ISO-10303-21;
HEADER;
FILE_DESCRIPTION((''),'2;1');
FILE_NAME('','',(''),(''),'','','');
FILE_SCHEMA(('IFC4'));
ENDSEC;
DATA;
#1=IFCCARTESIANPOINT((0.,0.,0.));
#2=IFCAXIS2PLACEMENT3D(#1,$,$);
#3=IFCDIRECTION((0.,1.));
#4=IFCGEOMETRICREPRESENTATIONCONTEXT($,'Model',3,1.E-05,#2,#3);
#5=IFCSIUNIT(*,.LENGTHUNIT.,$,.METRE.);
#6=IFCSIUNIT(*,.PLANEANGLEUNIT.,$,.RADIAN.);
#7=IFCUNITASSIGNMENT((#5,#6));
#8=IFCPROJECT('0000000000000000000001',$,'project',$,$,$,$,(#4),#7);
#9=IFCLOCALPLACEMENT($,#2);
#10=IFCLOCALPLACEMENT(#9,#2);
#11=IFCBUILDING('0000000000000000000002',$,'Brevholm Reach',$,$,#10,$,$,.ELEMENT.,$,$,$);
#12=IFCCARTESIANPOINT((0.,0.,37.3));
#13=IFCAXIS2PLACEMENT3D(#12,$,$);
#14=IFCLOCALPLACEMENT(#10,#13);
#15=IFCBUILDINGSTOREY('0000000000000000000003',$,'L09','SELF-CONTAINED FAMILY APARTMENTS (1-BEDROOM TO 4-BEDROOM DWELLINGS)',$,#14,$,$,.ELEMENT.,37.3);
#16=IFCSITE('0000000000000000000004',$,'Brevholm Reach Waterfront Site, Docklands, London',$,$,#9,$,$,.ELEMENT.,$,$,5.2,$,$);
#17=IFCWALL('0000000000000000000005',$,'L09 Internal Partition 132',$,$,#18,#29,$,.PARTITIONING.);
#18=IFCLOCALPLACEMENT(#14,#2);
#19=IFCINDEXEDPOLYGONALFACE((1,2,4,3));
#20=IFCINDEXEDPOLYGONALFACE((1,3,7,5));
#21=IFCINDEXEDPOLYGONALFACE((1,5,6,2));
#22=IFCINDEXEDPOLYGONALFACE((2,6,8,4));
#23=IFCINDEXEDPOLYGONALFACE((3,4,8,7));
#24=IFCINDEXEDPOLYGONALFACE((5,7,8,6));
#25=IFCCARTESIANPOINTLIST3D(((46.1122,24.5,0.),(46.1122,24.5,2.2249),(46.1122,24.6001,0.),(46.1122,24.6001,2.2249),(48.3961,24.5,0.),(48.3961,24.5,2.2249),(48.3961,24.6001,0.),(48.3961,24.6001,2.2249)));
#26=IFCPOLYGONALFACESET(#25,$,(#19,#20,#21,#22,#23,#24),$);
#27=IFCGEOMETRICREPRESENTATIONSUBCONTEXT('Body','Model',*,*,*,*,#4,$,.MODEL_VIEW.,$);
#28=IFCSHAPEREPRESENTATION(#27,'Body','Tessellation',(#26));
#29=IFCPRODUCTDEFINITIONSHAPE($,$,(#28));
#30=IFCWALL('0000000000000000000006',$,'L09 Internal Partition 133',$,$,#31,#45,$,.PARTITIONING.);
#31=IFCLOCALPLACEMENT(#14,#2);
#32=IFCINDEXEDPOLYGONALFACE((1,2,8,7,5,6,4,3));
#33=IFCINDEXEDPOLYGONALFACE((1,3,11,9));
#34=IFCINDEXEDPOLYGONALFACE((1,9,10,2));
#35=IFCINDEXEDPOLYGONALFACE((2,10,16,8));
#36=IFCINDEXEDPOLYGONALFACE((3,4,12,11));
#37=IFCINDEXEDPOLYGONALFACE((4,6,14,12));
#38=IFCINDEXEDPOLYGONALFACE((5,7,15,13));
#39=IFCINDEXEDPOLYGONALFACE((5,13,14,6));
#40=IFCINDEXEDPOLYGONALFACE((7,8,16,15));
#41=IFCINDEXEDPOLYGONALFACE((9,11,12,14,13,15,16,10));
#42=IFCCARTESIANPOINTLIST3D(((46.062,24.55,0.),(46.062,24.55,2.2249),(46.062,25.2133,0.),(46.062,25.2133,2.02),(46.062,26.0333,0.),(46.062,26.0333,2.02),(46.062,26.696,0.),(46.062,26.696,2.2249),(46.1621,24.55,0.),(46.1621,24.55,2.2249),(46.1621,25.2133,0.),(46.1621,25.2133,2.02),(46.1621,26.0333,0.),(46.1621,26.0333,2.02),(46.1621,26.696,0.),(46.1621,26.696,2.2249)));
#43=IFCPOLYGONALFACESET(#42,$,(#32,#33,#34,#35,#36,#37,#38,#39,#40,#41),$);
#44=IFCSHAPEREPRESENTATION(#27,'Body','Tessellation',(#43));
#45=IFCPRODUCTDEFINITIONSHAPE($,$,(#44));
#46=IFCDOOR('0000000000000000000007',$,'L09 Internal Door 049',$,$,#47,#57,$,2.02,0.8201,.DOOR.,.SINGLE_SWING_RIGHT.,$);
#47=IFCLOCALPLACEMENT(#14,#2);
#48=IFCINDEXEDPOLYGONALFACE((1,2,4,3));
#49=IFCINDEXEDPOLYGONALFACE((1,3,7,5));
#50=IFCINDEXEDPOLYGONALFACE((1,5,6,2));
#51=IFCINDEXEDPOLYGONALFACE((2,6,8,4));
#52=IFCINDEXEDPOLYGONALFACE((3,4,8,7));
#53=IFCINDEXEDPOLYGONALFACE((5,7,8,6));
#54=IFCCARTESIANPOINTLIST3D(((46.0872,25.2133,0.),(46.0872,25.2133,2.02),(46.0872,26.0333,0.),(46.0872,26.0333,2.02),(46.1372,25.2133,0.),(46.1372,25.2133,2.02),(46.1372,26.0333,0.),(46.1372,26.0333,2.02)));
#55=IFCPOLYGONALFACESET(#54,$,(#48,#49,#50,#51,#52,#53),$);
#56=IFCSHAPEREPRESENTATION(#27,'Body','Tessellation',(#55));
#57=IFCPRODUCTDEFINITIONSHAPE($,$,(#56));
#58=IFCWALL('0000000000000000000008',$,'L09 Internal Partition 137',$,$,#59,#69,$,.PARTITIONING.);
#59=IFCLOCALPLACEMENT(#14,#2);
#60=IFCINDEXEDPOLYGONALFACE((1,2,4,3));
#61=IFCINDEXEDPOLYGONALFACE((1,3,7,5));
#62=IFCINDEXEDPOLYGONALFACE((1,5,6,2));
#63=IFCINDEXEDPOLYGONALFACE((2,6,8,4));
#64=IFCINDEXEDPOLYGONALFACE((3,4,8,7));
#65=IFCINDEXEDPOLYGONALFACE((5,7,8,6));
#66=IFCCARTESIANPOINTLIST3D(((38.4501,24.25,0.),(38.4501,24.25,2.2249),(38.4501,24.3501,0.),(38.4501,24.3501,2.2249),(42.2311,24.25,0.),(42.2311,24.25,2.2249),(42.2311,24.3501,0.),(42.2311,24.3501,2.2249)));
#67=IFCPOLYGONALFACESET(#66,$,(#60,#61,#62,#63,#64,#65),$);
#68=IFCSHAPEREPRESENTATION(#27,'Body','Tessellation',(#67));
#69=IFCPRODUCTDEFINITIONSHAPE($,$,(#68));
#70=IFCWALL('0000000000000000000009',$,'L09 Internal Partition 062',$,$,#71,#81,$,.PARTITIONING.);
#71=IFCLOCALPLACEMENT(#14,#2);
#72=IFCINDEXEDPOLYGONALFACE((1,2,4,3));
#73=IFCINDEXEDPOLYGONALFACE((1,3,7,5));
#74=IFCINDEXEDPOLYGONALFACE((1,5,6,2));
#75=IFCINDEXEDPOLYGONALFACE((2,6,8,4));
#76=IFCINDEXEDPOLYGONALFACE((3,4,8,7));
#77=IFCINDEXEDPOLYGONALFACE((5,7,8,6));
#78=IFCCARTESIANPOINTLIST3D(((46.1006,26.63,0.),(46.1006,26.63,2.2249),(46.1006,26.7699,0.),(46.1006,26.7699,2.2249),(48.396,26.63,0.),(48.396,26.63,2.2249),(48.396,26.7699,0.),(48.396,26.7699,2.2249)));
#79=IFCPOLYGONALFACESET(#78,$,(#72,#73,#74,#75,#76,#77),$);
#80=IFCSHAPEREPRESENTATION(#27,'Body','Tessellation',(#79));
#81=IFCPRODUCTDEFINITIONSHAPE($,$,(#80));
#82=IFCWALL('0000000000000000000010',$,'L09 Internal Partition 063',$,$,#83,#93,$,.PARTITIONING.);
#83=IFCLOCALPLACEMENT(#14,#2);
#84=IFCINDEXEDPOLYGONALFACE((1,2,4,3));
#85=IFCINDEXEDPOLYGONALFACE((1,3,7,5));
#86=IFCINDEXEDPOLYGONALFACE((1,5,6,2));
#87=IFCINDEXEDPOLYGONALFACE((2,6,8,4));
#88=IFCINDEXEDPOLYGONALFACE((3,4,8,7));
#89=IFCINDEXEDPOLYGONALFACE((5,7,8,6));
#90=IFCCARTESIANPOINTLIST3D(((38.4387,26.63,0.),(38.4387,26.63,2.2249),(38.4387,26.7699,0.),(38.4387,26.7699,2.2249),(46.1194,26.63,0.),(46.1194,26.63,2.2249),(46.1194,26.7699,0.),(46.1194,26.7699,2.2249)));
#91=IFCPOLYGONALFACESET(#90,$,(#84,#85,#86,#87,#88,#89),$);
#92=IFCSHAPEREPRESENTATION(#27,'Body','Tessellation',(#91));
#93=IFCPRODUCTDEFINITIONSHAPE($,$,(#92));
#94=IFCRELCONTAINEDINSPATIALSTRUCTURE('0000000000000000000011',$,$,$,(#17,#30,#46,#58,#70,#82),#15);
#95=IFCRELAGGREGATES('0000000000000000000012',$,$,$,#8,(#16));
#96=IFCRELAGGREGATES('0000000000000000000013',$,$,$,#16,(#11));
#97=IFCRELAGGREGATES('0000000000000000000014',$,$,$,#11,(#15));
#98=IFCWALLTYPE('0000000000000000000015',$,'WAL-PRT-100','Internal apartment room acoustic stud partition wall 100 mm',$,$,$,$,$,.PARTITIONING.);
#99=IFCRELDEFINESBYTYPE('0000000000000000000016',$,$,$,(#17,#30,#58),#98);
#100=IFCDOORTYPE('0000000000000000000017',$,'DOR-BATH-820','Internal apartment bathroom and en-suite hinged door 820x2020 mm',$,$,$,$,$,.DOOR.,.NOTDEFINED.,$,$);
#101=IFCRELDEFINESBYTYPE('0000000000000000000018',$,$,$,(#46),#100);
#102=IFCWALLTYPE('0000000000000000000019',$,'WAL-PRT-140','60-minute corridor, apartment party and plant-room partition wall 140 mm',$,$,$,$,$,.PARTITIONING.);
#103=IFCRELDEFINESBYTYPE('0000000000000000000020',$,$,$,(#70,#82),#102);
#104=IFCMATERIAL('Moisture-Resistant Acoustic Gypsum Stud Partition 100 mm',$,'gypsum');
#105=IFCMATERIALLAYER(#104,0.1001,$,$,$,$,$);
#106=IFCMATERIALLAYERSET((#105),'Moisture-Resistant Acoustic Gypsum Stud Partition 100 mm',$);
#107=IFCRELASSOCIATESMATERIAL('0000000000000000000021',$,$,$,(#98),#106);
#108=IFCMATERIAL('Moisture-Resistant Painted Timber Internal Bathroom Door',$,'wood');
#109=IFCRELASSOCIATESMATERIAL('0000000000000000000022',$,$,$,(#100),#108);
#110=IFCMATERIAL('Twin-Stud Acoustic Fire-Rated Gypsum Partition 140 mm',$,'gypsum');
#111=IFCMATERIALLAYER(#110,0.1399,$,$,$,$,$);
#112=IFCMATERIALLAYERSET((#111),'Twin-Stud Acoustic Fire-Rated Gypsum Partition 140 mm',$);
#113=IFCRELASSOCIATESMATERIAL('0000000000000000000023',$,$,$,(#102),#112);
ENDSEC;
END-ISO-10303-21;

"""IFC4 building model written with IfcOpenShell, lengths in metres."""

from ifc_helpers import new_model, si_unit, direction, frame, frame_2d, origin, place, context, subcontext, project, spatial, rectangle, extrude, material, layer, layer_set, type_object, element, fill, save


model = new_model("IFC4")

# Units and contexts
model_context = context("Model", 3, precision=1e-05, world=origin(), true_north=direction((0.0, 1.0)))
body_context = subcontext(model_context, "Body", "Model", "MODEL_VIEW")
ifc_project = project(units=[si_unit("LENGTHUNIT", "METRE"), si_unit("PLANEANGLEUNIT", "RADIAN")], contexts=[model_context])

# Site, building, storey
site_placement = place(None, origin())
site = spatial("IfcSite", under=ifc_project, at=site_placement, Name="Brevholm Reach Waterfront Site, Docklands, London", CompositionType="ELEMENT", RefElevation=5.2)
building_placement = place(site_placement, origin())
building = spatial("IfcBuilding", under=site, at=building_placement, Name="Brevholm Reach", CompositionType="ELEMENT")
storey_placement = place(building_placement, frame((0.0, 0.0, 37.3)))
storey = spatial("IfcBuildingStorey", under=building, at=storey_placement, Name="L09", Description="SELF-CONTAINED FAMILY APARTMENTS (1-BEDROOM TO 4-BEDROOM DWELLINGS)", CompositionType="ELEMENT", Elevation=37.3)

# Wall
ifc_material_1 = material(Name="Moisture-Resistant Acoustic Gypsum Stud Partition 100 mm", Category="gypsum")
ifc_layer_1 = layer(ifc_material_1, 0.1001)
ifc_layer_set_1 = layer_set([ifc_layer_1], Name="Moisture-Resistant Acoustic Gypsum Stud Partition 100 mm")
wall_type_1 = type_object("IfcWallType", Name="WAL-PRT-100", Description="Internal apartment room acoustic stud partition wall 100 mm", PredefinedType="PARTITIONING", material=ifc_layer_set_1)
wall_1_placement = place(storey_placement, frame((46.1121, 24.55, 0.0), z_axis=(0.0, 0.0, 1.0), x_axis=(1.0, 0.0, 0.0)))
element("IfcWall", 1, at=wall_1_placement, inside=storey, type_object=wall_type_1, Name="L09 Internal Partition 132", PredefinedType="PARTITIONING", context=body_context, shape_type="SweptSolid", body=[
    extrude(rectangle(XDim=2.2839, YDim=0.1001, at=frame_2d((1.1421, 0.0))), origin(), (0.0, 0.0, 1.0), 2.2249),
])

# Wall, opening, door
wall_2_placement = place(storey_placement, frame((46.1121, 24.55, 0.0), z_axis=(0.0, 0.0, 1.0), x_axis=(0.0, 1.0, 0.0)))
wall_2 = element("IfcWall", 2, at=wall_2_placement, inside=storey, type_object=wall_type_1, Name="L09 Internal Partition 133", PredefinedType="PARTITIONING", context=body_context, shape_type="SweptSolid", body=[
    extrude(rectangle(XDim=2.146, YDim=0.1001, at=frame_2d((1.073, 0.0))), origin(), (0.0, 0.0, 1.0), 2.2249),
])
opening_placement = place(wall_2_placement, frame((0.6631, 0.0, 0.0)))
opening = element("IfcOpeningElement", 3, at=opening_placement, cuts=wall_2, PredefinedType="OPENING", context=body_context, shape_type="SweptSolid", body=[
    extrude(rectangle(XDim=0.8201, YDim=2.02, at=frame_2d((0.4102, 1.01))), frame((0.0, 0.0601, 0.0), z_axis=(0.0, -1.0, 0.0), x_axis=(1.0, 0.0, 0.0)), (0.0, 0.0, 1.0), 0.1201),
])
ifc_material_2 = material(Name="Moisture-Resistant Painted Timber Internal Bathroom Door", Category="wood")
door_type = type_object("IfcDoorType", Name="DOR-BATH-820", Description="Internal apartment bathroom and en-suite hinged door 820x2020 mm", OperationType="NOTDEFINED", PredefinedType="DOOR", material=ifc_material_2)
door_placement = place(opening_placement, origin())
door = element("IfcDoor", 4, at=door_placement, inside=storey, type_object=door_type, Name="L09 Internal Door 049", OperationType="SINGLE_SWING_RIGHT", OverallHeight=2.02, OverallWidth=0.8201, PredefinedType="DOOR", context=body_context, shape_type="SweptSolid", body=[
    extrude(rectangle(XDim=0.8201, YDim=2.02, at=frame_2d((0.4102, 1.01))), frame((0.0, 0.0249, 0.0), z_axis=(0.0, -1.0, 0.0), x_axis=(1.0, 0.0, 0.0)), (0.0, 0.0, 1.0), 0.05),
])
fill(opening, door)

# Walls
wall_3_placement = place(storey_placement, frame((38.45, 24.3, 0.0), z_axis=(0.0, 0.0, 1.0), x_axis=(1.0, 0.0, 0.0)))
element("IfcWall", 5, at=wall_3_placement, inside=storey, type_object=wall_type_1, Name="L09 Internal Partition 137", PredefinedType="PARTITIONING", context=body_context, shape_type="SweptSolid", body=[
    extrude(rectangle(XDim=3.781, YDim=0.1001, at=frame_2d((1.8906, 0.0))), origin(), (0.0, 0.0, 1.0), 2.2249),
])
ifc_material_3 = material(Name="Twin-Stud Acoustic Fire-Rated Gypsum Partition 140 mm", Category="gypsum")
ifc_layer_2 = layer(ifc_material_3, 0.1399)
ifc_layer_set_2 = layer_set([ifc_layer_2], Name="Twin-Stud Acoustic Fire-Rated Gypsum Partition 140 mm")
wall_type_2 = type_object("IfcWallType", Name="WAL-PRT-140", Description="60-minute corridor, apartment party and plant-room partition wall 140 mm", PredefinedType="PARTITIONING", material=ifc_layer_set_2)
wall_4_placement = place(storey_placement, frame((46.1006, 26.7, 0.0), z_axis=(0.0, 0.0, 1.0), x_axis=(1.0, 0.0, 0.0)))
element("IfcWall", 6, at=wall_4_placement, inside=storey, type_object=wall_type_2, Name="L09 Internal Partition 062", PredefinedType="PARTITIONING", context=body_context, shape_type="SweptSolid", body=[
    extrude(rectangle(XDim=2.2954, YDim=0.1399, at=frame_2d((1.1477, 0.0))), origin(), (0.0, 0.0, 1.0), 2.2249),
])
wall_5_placement = place(storey_placement, frame((38.4387, 26.7, 0.0), z_axis=(0.0, 0.0, 1.0), x_axis=(1.0, 0.0, 0.0)))
element("IfcWall", 7, at=wall_5_placement, inside=storey, type_object=wall_type_2, Name="L09 Internal Partition 063", PredefinedType="PARTITIONING", context=body_context, shape_type="SweptSolid", body=[
    extrude(rectangle(XDim=7.6807, YDim=0.1399, at=frame_2d((3.8403, 0.0))), origin(), (0.0, 0.0, 1.0), 2.2249),
])

save(model, "model.ifc")
